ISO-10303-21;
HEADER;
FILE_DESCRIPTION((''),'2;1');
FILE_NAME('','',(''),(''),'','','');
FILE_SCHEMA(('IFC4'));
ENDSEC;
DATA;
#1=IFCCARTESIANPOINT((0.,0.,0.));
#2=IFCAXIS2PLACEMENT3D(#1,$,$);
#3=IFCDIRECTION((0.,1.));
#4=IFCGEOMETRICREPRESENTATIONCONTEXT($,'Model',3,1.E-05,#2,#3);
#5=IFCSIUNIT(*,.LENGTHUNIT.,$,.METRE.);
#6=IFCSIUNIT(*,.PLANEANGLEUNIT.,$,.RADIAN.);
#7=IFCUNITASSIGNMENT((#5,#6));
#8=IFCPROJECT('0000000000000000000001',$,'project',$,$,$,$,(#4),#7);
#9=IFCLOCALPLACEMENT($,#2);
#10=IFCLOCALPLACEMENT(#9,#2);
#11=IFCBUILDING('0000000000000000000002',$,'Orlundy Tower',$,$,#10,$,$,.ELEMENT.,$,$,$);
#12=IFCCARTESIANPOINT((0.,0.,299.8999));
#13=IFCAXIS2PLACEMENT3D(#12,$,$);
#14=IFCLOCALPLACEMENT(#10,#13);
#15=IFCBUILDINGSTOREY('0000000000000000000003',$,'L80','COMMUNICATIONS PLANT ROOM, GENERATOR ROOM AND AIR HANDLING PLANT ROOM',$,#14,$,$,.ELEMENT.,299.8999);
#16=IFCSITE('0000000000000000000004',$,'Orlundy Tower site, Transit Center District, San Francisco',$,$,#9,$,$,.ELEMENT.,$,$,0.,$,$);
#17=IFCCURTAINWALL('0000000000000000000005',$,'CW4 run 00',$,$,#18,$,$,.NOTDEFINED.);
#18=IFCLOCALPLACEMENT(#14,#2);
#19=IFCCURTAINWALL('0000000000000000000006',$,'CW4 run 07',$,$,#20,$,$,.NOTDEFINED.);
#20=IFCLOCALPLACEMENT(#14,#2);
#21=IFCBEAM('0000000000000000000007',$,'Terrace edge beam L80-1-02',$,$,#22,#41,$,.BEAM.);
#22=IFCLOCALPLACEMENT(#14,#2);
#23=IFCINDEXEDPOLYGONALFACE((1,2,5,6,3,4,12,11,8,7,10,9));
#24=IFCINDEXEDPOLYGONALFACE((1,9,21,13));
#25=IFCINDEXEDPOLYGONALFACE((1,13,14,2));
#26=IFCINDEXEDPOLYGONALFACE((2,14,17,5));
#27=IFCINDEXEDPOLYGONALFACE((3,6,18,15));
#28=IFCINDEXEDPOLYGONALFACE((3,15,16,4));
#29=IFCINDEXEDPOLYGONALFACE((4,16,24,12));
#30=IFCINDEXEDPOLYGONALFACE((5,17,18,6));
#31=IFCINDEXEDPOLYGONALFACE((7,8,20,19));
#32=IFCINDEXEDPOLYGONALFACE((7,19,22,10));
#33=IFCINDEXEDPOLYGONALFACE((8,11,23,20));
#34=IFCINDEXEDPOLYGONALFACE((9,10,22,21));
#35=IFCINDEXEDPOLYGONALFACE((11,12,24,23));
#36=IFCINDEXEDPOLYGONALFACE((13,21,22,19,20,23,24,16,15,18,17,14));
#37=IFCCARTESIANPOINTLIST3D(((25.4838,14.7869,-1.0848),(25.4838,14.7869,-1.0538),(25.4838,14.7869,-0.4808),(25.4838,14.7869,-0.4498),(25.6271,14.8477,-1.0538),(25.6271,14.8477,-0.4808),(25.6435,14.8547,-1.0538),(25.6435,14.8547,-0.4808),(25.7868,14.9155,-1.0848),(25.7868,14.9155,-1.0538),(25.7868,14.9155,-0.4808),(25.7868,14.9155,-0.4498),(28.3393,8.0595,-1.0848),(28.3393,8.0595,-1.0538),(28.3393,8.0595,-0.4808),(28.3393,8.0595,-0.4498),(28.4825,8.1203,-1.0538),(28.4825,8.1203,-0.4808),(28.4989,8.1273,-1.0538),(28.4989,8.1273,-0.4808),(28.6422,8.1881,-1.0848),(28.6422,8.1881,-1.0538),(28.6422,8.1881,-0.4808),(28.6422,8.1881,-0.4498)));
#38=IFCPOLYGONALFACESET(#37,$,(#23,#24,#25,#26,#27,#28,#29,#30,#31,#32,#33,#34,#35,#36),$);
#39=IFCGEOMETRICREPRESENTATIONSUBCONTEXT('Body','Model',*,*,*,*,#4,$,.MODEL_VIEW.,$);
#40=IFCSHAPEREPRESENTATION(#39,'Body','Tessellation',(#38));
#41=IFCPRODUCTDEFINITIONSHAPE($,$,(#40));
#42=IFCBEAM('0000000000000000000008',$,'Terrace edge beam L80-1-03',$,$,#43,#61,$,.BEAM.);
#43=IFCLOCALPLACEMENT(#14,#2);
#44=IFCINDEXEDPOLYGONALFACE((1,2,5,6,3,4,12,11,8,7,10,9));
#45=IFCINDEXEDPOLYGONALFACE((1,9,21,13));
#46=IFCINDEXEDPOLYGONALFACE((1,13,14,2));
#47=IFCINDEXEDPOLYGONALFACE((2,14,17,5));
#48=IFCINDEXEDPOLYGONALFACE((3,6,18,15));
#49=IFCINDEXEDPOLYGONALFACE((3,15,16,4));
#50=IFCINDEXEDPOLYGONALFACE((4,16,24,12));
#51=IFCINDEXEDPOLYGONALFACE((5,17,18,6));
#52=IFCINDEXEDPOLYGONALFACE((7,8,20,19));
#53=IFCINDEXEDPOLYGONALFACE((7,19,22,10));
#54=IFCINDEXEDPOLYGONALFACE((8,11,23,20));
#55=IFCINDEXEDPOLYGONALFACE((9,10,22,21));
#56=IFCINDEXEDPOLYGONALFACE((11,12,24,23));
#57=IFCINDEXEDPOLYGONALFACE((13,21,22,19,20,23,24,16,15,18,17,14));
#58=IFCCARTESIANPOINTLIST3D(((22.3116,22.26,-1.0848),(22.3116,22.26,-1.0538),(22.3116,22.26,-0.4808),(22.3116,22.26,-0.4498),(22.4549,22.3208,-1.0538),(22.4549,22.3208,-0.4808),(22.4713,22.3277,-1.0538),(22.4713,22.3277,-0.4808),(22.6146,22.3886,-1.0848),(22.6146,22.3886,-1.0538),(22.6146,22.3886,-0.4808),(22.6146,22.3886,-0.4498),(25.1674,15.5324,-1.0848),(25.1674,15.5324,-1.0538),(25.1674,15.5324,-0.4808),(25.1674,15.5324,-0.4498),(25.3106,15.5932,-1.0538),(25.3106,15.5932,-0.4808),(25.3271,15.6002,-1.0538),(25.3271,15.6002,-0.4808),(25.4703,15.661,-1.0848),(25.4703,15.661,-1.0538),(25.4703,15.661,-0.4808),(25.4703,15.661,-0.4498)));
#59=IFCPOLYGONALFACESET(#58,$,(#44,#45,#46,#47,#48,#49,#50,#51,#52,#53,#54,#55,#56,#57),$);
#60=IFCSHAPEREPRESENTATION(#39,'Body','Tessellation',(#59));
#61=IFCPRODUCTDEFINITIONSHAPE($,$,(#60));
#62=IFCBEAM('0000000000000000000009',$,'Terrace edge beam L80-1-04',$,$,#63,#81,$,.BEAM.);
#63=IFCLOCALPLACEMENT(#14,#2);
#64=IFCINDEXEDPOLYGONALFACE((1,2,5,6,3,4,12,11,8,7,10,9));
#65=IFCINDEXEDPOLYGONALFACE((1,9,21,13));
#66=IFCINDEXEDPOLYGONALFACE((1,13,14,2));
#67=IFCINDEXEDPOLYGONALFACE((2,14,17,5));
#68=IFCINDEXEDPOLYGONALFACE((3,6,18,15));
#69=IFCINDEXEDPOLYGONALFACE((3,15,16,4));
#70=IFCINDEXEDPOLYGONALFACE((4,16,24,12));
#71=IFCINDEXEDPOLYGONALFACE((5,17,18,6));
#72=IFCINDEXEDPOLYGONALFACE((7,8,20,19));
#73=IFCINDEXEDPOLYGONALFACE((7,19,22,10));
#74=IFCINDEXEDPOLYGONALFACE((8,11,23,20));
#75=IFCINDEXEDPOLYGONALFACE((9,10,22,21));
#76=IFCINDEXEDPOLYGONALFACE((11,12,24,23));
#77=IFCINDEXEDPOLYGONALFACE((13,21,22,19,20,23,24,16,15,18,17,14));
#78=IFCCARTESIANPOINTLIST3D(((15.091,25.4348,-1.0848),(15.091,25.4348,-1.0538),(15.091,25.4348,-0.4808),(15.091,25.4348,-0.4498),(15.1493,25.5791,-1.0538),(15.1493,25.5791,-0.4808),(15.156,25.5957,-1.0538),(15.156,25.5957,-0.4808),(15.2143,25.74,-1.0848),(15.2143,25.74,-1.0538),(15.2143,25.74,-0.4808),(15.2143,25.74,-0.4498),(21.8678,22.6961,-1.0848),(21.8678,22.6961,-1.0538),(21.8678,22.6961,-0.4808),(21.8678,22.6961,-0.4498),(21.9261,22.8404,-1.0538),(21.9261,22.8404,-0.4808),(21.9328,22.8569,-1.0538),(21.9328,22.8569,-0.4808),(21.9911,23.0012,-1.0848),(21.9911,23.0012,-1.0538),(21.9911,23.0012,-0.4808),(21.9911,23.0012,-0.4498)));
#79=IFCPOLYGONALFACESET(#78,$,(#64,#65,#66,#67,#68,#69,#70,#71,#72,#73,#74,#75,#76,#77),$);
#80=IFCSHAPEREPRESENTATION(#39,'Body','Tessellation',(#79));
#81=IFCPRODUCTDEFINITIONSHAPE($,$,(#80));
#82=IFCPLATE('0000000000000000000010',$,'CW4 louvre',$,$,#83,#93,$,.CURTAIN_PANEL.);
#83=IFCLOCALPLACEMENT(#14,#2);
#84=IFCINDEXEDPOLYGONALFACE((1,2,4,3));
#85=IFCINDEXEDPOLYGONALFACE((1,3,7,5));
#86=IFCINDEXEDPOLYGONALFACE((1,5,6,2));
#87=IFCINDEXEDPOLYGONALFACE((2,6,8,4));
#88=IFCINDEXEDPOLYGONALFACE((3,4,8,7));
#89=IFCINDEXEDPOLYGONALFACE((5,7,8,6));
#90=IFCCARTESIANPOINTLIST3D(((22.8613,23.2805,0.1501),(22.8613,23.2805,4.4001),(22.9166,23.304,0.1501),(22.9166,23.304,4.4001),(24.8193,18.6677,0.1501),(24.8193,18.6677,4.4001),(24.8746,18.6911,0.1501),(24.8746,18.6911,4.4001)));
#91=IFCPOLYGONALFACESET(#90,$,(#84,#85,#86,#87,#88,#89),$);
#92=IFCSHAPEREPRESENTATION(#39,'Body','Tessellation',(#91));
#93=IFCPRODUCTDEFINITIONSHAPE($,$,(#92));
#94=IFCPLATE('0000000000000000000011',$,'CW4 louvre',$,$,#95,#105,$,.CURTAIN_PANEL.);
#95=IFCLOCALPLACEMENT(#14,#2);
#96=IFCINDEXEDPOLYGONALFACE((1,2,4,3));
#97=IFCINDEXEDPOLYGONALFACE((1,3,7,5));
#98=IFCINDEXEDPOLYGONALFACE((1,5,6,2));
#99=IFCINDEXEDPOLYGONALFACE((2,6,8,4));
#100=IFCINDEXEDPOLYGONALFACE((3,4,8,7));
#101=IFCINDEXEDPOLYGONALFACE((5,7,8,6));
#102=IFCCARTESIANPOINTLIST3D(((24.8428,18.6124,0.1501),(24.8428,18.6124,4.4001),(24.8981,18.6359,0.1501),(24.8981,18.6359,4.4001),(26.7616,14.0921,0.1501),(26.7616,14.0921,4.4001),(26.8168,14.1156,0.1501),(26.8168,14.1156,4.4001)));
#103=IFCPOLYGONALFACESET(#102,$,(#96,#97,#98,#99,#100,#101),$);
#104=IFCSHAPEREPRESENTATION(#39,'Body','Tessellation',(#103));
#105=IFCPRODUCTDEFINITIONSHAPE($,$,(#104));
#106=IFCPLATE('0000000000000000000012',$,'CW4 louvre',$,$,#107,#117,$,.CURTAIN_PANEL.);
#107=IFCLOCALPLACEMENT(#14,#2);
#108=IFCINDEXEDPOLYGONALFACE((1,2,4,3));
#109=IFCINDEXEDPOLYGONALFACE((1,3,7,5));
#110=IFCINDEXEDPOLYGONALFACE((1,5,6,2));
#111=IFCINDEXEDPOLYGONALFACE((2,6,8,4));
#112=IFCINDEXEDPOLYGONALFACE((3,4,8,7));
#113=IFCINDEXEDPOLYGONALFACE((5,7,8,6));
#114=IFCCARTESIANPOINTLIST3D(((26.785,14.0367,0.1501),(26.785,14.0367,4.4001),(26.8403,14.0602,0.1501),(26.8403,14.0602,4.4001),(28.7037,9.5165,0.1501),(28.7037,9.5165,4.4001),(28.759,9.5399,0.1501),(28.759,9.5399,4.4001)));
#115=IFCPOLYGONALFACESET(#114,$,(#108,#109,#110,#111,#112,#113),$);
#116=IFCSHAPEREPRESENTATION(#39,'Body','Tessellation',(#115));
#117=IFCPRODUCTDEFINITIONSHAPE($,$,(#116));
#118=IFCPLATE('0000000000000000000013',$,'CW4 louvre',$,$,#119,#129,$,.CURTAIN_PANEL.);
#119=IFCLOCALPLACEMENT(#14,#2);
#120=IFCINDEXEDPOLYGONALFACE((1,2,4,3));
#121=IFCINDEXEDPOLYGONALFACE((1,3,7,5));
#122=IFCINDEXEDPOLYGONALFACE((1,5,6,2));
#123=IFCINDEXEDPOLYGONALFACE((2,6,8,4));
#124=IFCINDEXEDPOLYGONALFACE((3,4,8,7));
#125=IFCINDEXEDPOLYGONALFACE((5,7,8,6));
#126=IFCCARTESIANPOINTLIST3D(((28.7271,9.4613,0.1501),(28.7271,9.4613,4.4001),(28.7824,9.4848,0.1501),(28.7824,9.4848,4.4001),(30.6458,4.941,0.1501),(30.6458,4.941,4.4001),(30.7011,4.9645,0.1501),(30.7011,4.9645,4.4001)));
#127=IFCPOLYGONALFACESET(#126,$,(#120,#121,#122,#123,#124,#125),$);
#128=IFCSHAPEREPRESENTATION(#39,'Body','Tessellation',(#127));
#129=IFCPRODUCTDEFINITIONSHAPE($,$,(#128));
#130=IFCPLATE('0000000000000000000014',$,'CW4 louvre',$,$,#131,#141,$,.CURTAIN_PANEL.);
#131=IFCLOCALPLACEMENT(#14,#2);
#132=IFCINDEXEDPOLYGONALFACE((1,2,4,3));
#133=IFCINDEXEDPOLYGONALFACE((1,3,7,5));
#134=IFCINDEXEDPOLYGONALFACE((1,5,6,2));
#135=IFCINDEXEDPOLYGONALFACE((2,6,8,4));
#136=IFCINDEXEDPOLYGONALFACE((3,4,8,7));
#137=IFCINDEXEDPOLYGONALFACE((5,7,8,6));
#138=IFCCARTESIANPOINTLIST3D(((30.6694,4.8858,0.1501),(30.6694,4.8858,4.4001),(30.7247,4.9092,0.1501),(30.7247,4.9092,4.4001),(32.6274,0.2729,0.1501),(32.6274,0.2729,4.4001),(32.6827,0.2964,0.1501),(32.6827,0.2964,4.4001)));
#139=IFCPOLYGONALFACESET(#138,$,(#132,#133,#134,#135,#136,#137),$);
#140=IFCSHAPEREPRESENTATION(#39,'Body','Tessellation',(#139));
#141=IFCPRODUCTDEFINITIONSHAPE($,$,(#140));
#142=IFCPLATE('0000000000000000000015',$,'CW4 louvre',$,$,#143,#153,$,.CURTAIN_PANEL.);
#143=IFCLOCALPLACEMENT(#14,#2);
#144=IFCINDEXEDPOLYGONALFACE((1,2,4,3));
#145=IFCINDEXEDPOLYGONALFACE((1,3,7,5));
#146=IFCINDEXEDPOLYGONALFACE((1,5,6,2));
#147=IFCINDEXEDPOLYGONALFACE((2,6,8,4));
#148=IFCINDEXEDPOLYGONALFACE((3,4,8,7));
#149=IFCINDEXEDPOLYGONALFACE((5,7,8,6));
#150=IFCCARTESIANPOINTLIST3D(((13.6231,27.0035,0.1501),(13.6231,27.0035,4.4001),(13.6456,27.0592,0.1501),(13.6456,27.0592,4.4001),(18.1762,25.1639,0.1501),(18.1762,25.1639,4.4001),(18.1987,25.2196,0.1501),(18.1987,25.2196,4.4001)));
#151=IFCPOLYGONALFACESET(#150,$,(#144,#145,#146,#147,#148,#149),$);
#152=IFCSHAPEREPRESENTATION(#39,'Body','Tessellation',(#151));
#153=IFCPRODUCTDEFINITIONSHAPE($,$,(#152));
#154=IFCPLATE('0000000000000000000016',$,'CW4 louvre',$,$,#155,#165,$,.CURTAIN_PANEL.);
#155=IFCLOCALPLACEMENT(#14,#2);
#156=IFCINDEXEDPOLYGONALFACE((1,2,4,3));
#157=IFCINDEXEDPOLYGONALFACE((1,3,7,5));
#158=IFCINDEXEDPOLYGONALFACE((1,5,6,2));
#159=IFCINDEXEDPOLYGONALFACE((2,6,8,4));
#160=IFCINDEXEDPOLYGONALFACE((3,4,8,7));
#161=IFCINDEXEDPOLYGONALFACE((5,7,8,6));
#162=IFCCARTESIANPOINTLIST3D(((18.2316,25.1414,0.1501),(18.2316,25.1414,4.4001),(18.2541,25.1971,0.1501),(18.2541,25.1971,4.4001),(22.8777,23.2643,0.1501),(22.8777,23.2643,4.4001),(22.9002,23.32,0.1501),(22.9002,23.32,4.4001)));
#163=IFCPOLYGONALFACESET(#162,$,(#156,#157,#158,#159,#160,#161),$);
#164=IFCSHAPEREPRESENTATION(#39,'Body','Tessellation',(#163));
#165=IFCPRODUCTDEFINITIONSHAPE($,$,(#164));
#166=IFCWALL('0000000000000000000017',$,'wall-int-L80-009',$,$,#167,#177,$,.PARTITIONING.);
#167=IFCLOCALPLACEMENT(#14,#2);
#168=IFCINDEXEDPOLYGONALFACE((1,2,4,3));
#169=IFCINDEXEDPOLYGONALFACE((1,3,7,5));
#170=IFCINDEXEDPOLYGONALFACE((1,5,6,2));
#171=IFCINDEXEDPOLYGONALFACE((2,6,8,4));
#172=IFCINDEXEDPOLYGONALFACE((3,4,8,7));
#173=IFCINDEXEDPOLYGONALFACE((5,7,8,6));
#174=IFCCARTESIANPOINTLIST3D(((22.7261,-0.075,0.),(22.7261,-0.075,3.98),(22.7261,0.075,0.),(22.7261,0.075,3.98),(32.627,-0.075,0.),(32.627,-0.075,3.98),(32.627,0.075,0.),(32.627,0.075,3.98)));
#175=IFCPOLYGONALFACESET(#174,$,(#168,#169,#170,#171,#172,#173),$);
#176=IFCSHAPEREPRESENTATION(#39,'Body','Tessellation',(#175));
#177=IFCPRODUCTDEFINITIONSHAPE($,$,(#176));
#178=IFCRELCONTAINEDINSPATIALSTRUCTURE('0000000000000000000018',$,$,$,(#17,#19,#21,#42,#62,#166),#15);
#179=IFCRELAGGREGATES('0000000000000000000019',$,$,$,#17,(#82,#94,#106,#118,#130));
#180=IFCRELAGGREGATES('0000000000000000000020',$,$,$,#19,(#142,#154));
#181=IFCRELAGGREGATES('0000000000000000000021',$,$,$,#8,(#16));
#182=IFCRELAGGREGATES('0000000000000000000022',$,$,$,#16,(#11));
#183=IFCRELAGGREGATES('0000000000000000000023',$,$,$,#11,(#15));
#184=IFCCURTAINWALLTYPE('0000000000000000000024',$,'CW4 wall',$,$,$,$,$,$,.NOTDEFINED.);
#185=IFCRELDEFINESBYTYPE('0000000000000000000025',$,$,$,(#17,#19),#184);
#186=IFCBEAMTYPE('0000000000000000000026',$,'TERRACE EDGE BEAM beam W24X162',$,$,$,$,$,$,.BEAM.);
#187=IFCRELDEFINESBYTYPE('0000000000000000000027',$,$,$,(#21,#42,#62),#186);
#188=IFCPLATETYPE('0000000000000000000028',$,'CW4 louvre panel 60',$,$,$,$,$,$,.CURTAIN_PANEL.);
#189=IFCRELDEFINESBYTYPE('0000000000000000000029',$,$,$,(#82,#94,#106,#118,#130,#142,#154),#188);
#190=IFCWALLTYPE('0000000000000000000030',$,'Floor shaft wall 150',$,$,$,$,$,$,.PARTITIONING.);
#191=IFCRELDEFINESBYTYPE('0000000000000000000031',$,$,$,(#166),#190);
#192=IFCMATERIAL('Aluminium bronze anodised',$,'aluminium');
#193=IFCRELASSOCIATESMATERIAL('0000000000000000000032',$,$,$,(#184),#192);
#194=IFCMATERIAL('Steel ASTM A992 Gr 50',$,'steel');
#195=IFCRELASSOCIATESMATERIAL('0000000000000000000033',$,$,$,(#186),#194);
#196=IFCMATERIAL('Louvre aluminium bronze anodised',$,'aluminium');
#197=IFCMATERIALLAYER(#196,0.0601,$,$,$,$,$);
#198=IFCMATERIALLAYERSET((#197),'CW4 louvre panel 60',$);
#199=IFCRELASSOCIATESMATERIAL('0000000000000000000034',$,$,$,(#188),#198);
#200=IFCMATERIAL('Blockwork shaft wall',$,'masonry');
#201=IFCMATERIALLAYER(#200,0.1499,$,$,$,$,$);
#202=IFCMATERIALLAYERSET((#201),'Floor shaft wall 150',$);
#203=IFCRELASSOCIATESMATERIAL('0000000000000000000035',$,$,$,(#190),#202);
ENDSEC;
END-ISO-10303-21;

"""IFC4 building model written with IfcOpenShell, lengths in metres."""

from ifc_helpers import new_model, si_unit, direction, frame, frame_2d, origin, origin_2d, place, context, subcontext, project, spatial, rectangle, i_section, extrude, material, layer, layer_set, material_profile, profile_set, type_object, element, aggregate, save


model = new_model("IFC4")

# Units and contexts
model_context = context("Model", 3, precision=1e-05, world=origin(), true_north=direction((0.0, 1.0)))
body_context = subcontext(model_context, "Body", "Model", "MODEL_VIEW")
ifc_project = project(units=[si_unit("LENGTHUNIT", "METRE"), si_unit("PLANEANGLEUNIT", "RADIAN")], contexts=[model_context])

# Site, building, storey
site_placement = place(None, origin())
site = spatial("IfcSite", under=ifc_project, at=site_placement, Name="Orlundy Tower site, Transit Center District, San Francisco", CompositionType="ELEMENT", RefElevation=0.0)
building_placement = place(site_placement, origin())
building = spatial("IfcBuilding", under=site, at=building_placement, Name="Orlundy Tower", CompositionType="ELEMENT")
storey_placement = place(building_placement, frame((0.0, 0.0, 299.8999)))
storey = spatial("IfcBuildingStorey", under=building, at=storey_placement, Name="L80", Description="COMMUNICATIONS PLANT ROOM, GENERATOR ROOM AND AIR HANDLING PLANT ROOM", CompositionType="ELEMENT", Elevation=299.8999)

# Curtain wall
ifc_material_1 = material(Name="Aluminium bronze anodised", Category="aluminium")
curtain_wall_type = type_object("IfcCurtainWallType", Name="CW4 wall", PredefinedType="NOTDEFINED", material=ifc_material_1)
curtain_wall_1_placement = place(storey_placement, origin())
curtain_wall_1 = element("IfcCurtainWall", 1, at=curtain_wall_1_placement, inside=storey, type_object=curtain_wall_type, Name="CW4 run 00", PredefinedType="NOTDEFINED")

# Curtain wall
curtain_wall_2_placement = place(storey_placement, origin())
curtain_wall_2 = element("IfcCurtainWall", 2, at=curtain_wall_2_placement, inside=storey, type_object=curtain_wall_type, Name="CW4 run 07", PredefinedType="NOTDEFINED")

# Beams
ifc_material_2 = material(Name="Steel ASTM A992 Gr 50", Category="steel")
ifc_material_profile_1 = material_profile(ifc_material_2, i_section(OverallWidth=0.3291, OverallDepth=0.635, WebThickness=0.0178, FlangeThickness=0.031, at=origin_2d()), Name="W24X162")
ifc_profile_set_1 = profile_set([ifc_material_profile_1], Name="Steel ASTM A992 Gr 50")
beam_type = type_object("IfcBeamType", Name="TERRACE EDGE BEAM beam W24X162", PredefinedType="BEAM", material=ifc_profile_set_1)
for number, where, z_axis, x_axis, name in (
    (3, (28.4907, 8.1238, -0.7673), (-0.390708, 0.920515, 0.0), (-0.920515, -0.390708, 0.0), "Terrace edge beam L80-1-02"),
):
    element("IfcBeam", number, at=place(storey_placement, frame(where, z_axis=z_axis, x_axis=x_axis)), inside=storey, type_object=beam_type, Name=name, PredefinedType="BEAM", context=body_context, shape_type="SweptSolid", body=[
        extrude(i_section(OverallWidth=0.3291, OverallDepth=0.635, WebThickness=0.0178, FlangeThickness=0.031, at=origin_2d()), origin(), (0.0, 0.0, 1.0), 7.3083),
    ])
beam_1_placement = place(storey_placement, frame((25.3188, 15.5967, -0.7673), z_axis=(-0.390736, 0.920503, 0.0), x_axis=(-0.920503, -0.390736, 0.0)))
element("IfcBeam", 4, at=beam_1_placement, inside=storey, type_object=beam_type, Name="Terrace edge beam L80-1-03", PredefinedType="BEAM", context=body_context, shape_type="SweptSolid", body=[
    extrude(i_section(OverallWidth=0.3291, OverallDepth=0.635, WebThickness=0.0178, FlangeThickness=0.031, at=origin_2d()), origin(), (0.0, 0.0, 1.0), 7.3086),
])
beam_2_placement = place(storey_placement, frame((21.9294, 22.8486, -0.7673), z_axis=(-0.927149, 0.374694, 0.0), x_axis=(-0.374694, -0.927149, 0.0)))
element("IfcBeam", 5, at=beam_2_placement, inside=storey, type_object=beam_type, Name="Terrace edge beam L80-1-04", PredefinedType="BEAM", context=body_context, shape_type="SweptSolid", body=[
    extrude(i_section(OverallWidth=0.3291, OverallDepth=0.635, WebThickness=0.0178, FlangeThickness=0.031, at=origin_2d()), origin(), (0.0, 0.0, 1.0), 7.3093),
])

# Plates
ifc_material_3 = material(Name="Louvre aluminium bronze anodised", Category="aluminium")
ifc_layer_1 = layer(ifc_material_3, 0.0601)
ifc_layer_set_1 = layer_set([ifc_layer_1], Name="CW4 louvre panel 60")
plate_type = type_object("IfcPlateType", Name="CW4 louvre panel 60", PredefinedType="CURTAIN_PANEL", material=ifc_layer_set_1)
plate_1_placement = place(storey_placement, frame((23.8679, 20.9858, 0.1501), z_axis=(0.0, 0.0, 1.0), x_axis=(0.390727, -0.920507, 0.0)))
plate_1 = element("IfcPlate", 6, at=plate_1_placement, type_object=plate_type, Name="CW4 louvre", PredefinedType="CURTAIN_PANEL", context=body_context, shape_type="SweptSolid", body=[
    extrude(rectangle(XDim=5.0112, YDim=0.0601, at=origin_2d()), origin(), (0.0, 0.0, 1.0), 4.25),
])
plate_2_placement = place(storey_placement, frame((25.8298, 16.364, 0.1501), z_axis=(0.0, 0.0, 1.0), x_axis=(0.390727, -0.920507, 0.0)))
plate_2 = element("IfcPlate", 7, at=plate_2_placement, type_object=plate_type, Name="CW4 louvre", PredefinedType="CURTAIN_PANEL", context=body_context, shape_type="SweptSolid", body=[
    extrude(rectangle(XDim=4.9106, YDim=0.0601, at=origin_2d()), origin(), (0.0, 0.0, 1.0), 4.25),
])
plate_3_placement = place(storey_placement, frame((27.772, 11.7883, 0.1501), z_axis=(0.0, 0.0, 1.0), x_axis=(0.390727, -0.920507, 0.0)))
plate_3 = element("IfcPlate", 8, at=plate_3_placement, type_object=plate_type, Name="CW4 louvre", PredefinedType="CURTAIN_PANEL", context=body_context, shape_type="SweptSolid", body=[
    extrude(rectangle(XDim=4.9106, YDim=0.0601, at=origin_2d()), origin(), (0.0, 0.0, 1.0), 4.25),
])
plate_4_placement = place(storey_placement, frame((29.7141, 7.2129, 0.1501), z_axis=(0.0, 0.0, 1.0), x_axis=(0.390727, -0.920507, 0.0)))
plate_4 = element("IfcPlate", 9, at=plate_4_placement, type_object=plate_type, Name="CW4 louvre", PredefinedType="CURTAIN_PANEL", context=body_context, shape_type="SweptSolid", body=[
    extrude(rectangle(XDim=4.9106, YDim=0.0601, at=origin_2d()), origin(), (0.0, 0.0, 1.0), 4.25),
])
plate_5_placement = place(storey_placement, frame((31.676, 2.5911, 0.1501), z_axis=(0.0, 0.0, 1.0), x_axis=(0.390727, -0.920507, 0.0)))
plate_5 = element("IfcPlate", 10, at=plate_5_placement, type_object=plate_type, Name="CW4 louvre", PredefinedType="CURTAIN_PANEL", context=body_context, shape_type="SweptSolid", body=[
    extrude(rectangle(XDim=5.0112, YDim=0.0601, at=origin_2d()), origin(), (0.0, 0.0, 1.0), 4.25),
])
aggregate(curtain_wall_1, [plate_1, plate_2, plate_3, plate_4, plate_5])
plate_6_placement = place(storey_placement, frame((15.9109, 26.1116, 0.1501), z_axis=(0.0, 0.0, 1.0), x_axis=(0.927184, -0.374607, 0.0)))
plate_6 = element("IfcPlate", 11, at=plate_6_placement, type_object=plate_type, Name="CW4 louvre", PredefinedType="CURTAIN_PANEL", context=body_context, shape_type="SweptSolid", body=[
    extrude(rectangle(XDim=4.9106, YDim=0.0601, at=origin_2d()), origin(), (0.0, 0.0, 1.0), 4.25),
])
plate_7_placement = place(storey_placement, frame((20.5659, 24.2307, 0.1501), z_axis=(0.0, 0.0, 1.0), x_axis=(0.927184, -0.374607, 0.0)))
plate_7 = element("IfcPlate", 12, at=plate_7_placement, type_object=plate_type, Name="CW4 louvre", PredefinedType="CURTAIN_PANEL", context=body_context, shape_type="SweptSolid", body=[
    extrude(rectangle(XDim=5.011, YDim=0.0601, at=origin_2d()), origin(), (0.0, 0.0, 1.0), 4.25),
])
aggregate(curtain_wall_2, [plate_6, plate_7])

# Wall
ifc_material_4 = material(Name="Blockwork shaft wall", Category="masonry")
ifc_layer_2 = layer(ifc_material_4, 0.1499)
ifc_layer_set_2 = layer_set([ifc_layer_2], Name="Floor shaft wall 150")
wall_type_1 = type_object("IfcWallType", Name="Floor shaft wall 150", PredefinedType="PARTITIONING", material=ifc_layer_set_2)
wall_1_placement = place(storey_placement, frame((22.7261, 0.0, 0.0), z_axis=(0.0, 0.0, 1.0), x_axis=(1.0, 0.0, 0.0)))
element("IfcWall", 13, at=wall_1_placement, inside=storey, type_object=wall_type_1, Name="wall-int-L80-009", PredefinedType="PARTITIONING", context=body_context, shape_type="SweptSolid", body=[
    extrude(rectangle(XDim=9.9009, YDim=0.1499, at=frame_2d((4.9504, 0.0))), origin(), (0.0, 0.0, 1.0), 3.98),
])

save(model, "model.ifc")
